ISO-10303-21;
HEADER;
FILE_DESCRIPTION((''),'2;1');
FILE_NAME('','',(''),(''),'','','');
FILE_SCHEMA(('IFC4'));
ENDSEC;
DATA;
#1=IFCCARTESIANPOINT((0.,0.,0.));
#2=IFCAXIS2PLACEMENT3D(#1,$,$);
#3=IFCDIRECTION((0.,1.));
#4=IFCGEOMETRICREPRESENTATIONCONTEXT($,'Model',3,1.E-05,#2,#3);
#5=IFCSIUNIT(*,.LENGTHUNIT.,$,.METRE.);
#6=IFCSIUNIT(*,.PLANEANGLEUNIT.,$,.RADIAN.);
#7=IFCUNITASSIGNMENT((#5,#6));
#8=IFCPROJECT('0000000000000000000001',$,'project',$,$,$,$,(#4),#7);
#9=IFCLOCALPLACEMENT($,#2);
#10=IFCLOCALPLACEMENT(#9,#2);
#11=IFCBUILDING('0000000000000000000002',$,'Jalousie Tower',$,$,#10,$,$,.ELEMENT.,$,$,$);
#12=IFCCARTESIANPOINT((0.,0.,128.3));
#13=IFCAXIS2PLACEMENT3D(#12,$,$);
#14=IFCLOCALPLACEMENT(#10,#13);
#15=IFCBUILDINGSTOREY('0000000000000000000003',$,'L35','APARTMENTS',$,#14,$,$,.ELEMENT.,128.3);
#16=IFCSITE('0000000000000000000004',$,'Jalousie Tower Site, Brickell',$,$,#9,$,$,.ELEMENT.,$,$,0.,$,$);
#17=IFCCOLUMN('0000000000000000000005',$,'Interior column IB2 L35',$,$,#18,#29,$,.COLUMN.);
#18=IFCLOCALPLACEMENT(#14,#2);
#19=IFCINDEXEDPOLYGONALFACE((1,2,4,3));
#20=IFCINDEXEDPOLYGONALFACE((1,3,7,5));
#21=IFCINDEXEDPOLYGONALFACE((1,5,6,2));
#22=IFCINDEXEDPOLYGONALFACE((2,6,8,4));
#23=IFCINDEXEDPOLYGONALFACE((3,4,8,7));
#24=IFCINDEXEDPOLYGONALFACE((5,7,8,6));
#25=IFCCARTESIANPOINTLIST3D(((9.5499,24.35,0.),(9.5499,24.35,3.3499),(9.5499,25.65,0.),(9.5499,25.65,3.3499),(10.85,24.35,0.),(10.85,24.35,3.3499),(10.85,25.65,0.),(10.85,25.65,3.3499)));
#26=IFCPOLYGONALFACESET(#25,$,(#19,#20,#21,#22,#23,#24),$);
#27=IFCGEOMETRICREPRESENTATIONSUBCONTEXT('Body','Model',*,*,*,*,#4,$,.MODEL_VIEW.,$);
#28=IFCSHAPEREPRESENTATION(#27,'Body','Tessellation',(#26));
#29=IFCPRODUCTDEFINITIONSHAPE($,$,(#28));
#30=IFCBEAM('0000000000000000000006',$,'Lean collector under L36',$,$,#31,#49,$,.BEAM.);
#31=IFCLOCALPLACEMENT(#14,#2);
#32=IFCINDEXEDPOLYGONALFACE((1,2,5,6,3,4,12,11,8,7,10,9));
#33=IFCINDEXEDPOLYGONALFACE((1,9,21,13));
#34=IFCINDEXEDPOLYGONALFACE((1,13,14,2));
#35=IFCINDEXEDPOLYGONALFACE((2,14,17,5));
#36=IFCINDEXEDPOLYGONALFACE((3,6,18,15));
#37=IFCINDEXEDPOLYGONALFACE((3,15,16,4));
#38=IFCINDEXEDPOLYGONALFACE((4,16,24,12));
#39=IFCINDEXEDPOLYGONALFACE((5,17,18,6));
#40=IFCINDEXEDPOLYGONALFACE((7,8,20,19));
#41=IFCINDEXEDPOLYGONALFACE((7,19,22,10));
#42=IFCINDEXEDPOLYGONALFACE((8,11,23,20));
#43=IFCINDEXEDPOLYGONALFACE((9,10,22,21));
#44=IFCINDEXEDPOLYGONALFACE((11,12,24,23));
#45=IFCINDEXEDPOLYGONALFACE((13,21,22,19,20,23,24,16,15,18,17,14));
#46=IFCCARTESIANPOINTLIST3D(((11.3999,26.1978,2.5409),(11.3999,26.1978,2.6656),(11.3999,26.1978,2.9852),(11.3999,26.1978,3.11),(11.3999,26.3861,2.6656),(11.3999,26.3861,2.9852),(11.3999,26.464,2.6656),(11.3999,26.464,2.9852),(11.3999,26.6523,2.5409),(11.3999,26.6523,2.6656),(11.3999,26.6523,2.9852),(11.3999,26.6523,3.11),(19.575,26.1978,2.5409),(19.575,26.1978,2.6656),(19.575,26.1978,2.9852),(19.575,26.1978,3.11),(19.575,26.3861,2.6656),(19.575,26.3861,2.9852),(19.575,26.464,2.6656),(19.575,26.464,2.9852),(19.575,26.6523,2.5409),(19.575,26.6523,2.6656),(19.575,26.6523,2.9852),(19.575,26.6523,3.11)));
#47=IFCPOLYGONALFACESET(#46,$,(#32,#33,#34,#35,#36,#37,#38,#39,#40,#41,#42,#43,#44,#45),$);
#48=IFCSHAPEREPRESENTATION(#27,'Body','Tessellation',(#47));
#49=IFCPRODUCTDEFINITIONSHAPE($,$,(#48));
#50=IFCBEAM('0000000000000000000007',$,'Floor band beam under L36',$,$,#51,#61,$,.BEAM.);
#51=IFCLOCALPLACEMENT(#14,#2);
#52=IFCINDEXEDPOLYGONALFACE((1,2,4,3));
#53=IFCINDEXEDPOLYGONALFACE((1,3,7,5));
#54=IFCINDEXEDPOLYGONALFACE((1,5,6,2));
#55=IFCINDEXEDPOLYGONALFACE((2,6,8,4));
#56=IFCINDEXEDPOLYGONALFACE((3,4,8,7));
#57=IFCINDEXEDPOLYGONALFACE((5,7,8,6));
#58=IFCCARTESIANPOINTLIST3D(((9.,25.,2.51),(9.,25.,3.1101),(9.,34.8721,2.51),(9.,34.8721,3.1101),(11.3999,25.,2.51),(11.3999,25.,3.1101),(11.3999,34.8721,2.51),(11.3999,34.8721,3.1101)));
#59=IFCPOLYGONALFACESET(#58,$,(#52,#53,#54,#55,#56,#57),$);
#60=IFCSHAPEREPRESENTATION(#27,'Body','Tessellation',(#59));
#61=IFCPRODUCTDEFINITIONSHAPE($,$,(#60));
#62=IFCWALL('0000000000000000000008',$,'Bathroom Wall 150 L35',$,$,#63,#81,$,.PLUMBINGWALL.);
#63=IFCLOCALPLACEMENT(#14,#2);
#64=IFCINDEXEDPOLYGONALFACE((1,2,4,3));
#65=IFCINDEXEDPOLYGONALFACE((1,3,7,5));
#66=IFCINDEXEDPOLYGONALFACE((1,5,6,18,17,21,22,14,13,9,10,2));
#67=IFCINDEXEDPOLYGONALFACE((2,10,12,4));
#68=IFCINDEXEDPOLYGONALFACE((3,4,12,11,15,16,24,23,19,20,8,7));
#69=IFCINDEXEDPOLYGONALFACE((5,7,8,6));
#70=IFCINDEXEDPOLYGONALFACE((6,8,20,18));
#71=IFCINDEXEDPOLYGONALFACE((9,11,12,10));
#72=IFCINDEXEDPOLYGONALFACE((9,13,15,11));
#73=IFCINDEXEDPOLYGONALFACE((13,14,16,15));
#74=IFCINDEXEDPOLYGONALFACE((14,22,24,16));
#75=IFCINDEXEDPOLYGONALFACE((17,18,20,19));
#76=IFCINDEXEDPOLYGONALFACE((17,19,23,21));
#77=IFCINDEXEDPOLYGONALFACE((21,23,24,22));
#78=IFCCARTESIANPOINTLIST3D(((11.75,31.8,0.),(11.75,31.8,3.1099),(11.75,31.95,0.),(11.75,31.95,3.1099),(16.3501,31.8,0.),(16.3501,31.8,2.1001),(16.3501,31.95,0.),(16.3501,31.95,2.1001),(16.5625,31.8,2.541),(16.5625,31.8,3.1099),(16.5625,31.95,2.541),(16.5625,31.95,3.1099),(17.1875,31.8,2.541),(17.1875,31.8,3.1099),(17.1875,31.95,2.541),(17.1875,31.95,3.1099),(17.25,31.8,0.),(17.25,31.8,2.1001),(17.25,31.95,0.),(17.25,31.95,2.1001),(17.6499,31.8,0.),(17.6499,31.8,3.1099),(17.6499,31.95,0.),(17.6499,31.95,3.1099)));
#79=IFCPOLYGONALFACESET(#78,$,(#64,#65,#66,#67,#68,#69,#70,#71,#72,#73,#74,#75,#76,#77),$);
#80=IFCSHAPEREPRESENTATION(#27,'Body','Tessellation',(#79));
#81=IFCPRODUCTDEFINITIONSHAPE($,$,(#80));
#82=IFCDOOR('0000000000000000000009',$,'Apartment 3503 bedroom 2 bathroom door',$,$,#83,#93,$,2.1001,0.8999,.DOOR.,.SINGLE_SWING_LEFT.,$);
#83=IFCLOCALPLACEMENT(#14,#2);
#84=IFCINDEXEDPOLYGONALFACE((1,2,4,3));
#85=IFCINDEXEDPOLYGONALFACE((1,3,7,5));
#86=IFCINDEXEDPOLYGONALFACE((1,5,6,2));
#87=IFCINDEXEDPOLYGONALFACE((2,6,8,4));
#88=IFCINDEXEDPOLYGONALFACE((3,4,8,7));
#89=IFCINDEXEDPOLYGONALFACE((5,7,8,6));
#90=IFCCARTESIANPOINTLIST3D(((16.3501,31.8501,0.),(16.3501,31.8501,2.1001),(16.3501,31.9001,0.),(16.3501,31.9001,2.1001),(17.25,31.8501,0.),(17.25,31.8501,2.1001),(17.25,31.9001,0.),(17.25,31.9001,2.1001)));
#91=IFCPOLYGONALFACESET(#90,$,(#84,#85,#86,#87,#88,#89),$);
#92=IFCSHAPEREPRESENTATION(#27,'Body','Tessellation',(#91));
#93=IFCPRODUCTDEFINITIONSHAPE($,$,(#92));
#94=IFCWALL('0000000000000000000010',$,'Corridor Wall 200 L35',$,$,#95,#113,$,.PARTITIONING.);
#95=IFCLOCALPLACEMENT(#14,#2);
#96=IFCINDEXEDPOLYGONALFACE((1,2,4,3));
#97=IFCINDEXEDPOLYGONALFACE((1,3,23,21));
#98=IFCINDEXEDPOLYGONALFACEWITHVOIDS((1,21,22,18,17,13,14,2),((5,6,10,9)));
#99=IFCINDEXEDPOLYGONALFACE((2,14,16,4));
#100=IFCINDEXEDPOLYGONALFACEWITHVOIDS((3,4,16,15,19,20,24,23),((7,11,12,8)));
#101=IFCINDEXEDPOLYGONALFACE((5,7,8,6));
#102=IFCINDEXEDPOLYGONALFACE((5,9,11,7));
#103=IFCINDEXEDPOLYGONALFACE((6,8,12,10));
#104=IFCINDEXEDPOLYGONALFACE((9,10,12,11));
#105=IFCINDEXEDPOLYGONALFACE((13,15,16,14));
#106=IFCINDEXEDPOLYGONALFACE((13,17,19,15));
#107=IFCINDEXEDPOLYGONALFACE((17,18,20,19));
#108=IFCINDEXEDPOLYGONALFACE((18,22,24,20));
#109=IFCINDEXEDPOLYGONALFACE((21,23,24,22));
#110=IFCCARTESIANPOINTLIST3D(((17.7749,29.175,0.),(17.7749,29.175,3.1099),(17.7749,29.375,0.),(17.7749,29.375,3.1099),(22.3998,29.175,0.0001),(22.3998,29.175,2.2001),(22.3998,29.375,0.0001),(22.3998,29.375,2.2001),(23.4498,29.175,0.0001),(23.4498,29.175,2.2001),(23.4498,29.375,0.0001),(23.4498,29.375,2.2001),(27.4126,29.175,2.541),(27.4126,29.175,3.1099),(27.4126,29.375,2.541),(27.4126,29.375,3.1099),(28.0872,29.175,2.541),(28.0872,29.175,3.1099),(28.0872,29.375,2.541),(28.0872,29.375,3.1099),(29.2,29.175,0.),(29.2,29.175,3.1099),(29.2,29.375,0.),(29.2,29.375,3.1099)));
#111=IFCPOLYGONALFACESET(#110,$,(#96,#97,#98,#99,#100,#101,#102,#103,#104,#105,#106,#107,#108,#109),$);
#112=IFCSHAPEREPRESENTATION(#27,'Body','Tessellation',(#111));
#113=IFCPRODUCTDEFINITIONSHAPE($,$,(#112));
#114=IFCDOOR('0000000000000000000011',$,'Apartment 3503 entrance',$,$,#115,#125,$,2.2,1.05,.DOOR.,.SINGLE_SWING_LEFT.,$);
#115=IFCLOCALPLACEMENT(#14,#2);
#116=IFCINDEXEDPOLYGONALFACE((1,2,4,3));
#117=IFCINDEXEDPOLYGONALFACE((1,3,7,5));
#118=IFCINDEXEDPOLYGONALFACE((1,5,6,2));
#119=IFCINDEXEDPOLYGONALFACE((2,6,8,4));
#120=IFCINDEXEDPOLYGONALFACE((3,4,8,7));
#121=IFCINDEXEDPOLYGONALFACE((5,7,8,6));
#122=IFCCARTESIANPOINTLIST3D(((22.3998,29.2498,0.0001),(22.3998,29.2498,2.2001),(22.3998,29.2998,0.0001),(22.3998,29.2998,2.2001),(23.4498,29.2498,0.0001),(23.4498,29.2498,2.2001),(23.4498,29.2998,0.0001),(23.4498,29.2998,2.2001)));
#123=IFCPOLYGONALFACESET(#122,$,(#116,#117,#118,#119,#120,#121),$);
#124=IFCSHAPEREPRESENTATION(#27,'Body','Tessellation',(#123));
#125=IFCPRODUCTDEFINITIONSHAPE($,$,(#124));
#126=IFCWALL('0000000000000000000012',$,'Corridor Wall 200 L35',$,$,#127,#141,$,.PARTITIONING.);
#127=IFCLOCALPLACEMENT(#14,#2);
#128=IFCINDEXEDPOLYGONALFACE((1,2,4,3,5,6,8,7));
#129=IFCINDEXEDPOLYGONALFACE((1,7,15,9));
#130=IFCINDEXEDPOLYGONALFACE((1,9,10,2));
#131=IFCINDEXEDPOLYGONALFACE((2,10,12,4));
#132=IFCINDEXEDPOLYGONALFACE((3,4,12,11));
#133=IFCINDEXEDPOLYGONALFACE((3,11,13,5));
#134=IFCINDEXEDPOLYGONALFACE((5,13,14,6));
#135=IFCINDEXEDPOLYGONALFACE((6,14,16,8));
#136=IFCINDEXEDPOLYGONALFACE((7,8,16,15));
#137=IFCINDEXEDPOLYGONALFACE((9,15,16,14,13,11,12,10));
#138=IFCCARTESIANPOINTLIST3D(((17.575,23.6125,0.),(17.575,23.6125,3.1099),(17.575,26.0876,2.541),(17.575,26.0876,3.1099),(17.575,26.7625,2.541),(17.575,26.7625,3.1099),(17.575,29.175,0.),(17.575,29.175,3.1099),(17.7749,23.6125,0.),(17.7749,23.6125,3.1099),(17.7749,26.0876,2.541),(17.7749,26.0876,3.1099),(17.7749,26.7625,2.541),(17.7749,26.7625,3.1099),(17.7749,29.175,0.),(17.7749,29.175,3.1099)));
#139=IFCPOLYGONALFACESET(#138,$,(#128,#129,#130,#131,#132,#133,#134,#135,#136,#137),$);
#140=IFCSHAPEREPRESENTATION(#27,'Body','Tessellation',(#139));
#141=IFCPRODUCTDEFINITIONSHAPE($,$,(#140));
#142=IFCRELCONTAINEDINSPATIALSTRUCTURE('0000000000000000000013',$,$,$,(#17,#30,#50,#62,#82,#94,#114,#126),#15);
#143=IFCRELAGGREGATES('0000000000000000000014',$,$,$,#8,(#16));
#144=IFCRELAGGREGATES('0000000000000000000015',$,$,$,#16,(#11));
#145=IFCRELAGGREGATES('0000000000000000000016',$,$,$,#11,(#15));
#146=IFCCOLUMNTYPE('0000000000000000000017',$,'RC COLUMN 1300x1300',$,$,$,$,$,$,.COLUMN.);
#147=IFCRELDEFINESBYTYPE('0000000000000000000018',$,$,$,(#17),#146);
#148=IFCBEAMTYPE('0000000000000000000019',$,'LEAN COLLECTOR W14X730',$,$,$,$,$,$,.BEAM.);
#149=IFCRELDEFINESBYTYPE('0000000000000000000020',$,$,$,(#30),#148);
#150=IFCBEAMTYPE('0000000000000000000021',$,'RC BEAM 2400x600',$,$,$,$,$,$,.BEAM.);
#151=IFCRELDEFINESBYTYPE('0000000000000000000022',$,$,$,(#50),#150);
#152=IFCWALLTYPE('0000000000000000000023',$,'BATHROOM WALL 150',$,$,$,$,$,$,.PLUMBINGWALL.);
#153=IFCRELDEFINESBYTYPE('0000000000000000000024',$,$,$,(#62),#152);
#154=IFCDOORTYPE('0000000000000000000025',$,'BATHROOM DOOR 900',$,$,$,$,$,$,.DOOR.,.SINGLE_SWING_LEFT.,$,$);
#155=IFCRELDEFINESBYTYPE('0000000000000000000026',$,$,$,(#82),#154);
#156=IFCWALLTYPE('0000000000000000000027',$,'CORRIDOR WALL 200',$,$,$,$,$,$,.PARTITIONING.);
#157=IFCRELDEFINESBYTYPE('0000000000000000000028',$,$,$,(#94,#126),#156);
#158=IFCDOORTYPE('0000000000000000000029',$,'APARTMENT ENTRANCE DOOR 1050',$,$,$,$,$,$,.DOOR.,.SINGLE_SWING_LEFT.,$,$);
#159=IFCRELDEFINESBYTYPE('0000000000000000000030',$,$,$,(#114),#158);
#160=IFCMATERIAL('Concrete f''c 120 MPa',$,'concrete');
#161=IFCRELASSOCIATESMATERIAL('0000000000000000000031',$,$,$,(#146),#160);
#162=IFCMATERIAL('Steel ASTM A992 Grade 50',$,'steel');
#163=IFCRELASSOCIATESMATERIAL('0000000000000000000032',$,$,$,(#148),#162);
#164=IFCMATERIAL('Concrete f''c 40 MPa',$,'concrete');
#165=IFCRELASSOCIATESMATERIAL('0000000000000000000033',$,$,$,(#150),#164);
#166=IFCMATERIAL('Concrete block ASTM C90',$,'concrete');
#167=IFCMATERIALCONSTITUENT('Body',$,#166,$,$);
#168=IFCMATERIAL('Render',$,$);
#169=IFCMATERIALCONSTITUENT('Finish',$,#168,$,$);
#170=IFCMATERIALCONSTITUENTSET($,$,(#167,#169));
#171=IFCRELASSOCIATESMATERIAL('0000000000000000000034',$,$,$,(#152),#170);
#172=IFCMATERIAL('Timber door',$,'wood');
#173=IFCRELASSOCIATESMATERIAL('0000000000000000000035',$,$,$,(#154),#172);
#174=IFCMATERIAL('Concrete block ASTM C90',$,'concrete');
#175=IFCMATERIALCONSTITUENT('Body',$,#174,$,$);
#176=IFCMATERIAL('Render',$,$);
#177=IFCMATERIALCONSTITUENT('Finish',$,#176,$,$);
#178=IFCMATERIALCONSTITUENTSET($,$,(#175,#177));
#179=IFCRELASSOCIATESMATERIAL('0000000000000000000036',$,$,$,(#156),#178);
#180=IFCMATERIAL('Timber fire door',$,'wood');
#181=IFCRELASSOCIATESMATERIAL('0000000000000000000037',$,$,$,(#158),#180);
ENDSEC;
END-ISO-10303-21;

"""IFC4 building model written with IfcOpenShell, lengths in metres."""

from ifc_helpers import new_model, si_unit, direction, frame, frame_2d, origin, origin_2d, place, context, subcontext, project, spatial, polyline, rectangle, i_section, outline, extrude, material, constituent, constituent_set, material_profile, profile_set, type_object, element, fill, save


model = new_model("IFC4")

# Units and contexts
model_context = context("Model", 3, precision=1e-05, world=origin(), true_north=direction((0.0, 1.0)))
body_context = subcontext(model_context, "Body", "Model", "MODEL_VIEW")
ifc_project = project(units=[si_unit("LENGTHUNIT", "METRE"), si_unit("PLANEANGLEUNIT", "RADIAN")], contexts=[model_context])

# Site, building, storey
site_placement = place(None, origin())
site = spatial("IfcSite", under=ifc_project, at=site_placement, Name="Jalousie Tower Site, Brickell", CompositionType="ELEMENT", RefElevation=0.0)
building_placement = place(site_placement, origin())
building = spatial("IfcBuilding", under=site, at=building_placement, Name="Jalousie Tower", CompositionType="ELEMENT")
storey_placement = place(building_placement, frame((0.0, 0.0, 128.3)))
storey = spatial("IfcBuildingStorey", under=building, at=storey_placement, Name="L35", Description="APARTMENTS", CompositionType="ELEMENT", Elevation=128.3)

# Column
ifc_material_1 = material(Name="Concrete f'c 120 MPa", Category="concrete")
ifc_material_profile_1 = material_profile(ifc_material_1, rectangle(XDim=1.3, YDim=1.3, at=origin_2d()), Name="RC 1300x1300")
ifc_profile_set_1 = profile_set([ifc_material_profile_1], Name="Concrete f'c 120 MPa")
column_type = type_object("IfcColumnType", Name="RC COLUMN 1300x1300", PredefinedType="COLUMN", material=ifc_profile_set_1)
column_placement = place(storey_placement, frame((10.2, 25.0, 0.0), z_axis=(0.0, 0.0, 1.0), x_axis=(1.0, 0.0, 0.0)))
element("IfcColumn", 1, at=column_placement, inside=storey, type_object=column_type, Name="Interior column IB2 L35", PredefinedType="COLUMN", context=body_context, shape_type="SweptSolid", body=[
    extrude(rectangle(XDim=1.3, YDim=1.3, at=origin_2d()), origin(), (0.0, 0.0, 1.0), 3.3499),
])

# Beams
ifc_material_2 = material(Name="Steel ASTM A992 Grade 50", Category="steel")
ifc_material_profile_2 = material_profile(ifc_material_2, i_section(OverallWidth=0.4546, OverallDepth=0.5691, WebThickness=0.0779, FlangeThickness=0.1248, at=origin_2d()), Name="W14X730")
ifc_profile_set_2 = profile_set([ifc_material_profile_2], Name="Steel ASTM A992 Grade 50")
beam_type_1 = type_object("IfcBeamType", Name="LEAN COLLECTOR W14X730", PredefinedType="BEAM", material=ifc_profile_set_2)
beam_1_placement = place(storey_placement, frame((11.3999, 26.425, 2.8254), z_axis=(1.0, 0.0, 0.0), x_axis=(0.0, 1.0, 0.0)))
element("IfcBeam", 2, at=beam_1_placement, inside=storey, type_object=beam_type_1, Name="Lean collector under L36", PredefinedType="BEAM", context=body_context, shape_type="SweptSolid", body=[
    extrude(i_section(OverallWidth=0.4546, OverallDepth=0.5691, WebThickness=0.0779, FlangeThickness=0.1248, at=origin_2d()), origin(), (0.0, 0.0, 1.0), 8.175),
])
ifc_material_3 = material(Name="Concrete f'c 40 MPa", Category="concrete")
ifc_material_profile_3 = material_profile(ifc_material_3, rectangle(XDim=2.3999, YDim=0.6001, at=origin_2d()), Name="RC 2400x600")
ifc_profile_set_3 = profile_set([ifc_material_profile_3], Name="Concrete f'c 40 MPa")
beam_type_2 = type_object("IfcBeamType", Name="RC BEAM 2400x600", PredefinedType="BEAM", material=ifc_profile_set_3)
beam_2_placement = place(storey_placement, frame((10.2, 25.0, 2.8101), z_axis=(0.0, 1.0, 0.0), x_axis=(-1.0, 0.0, 0.0)))
element("IfcBeam", 3, at=beam_2_placement, inside=storey, type_object=beam_type_2, Name="Floor band beam under L36", PredefinedType="BEAM", context=body_context, shape_type="SweptSolid", body=[
    extrude(rectangle(XDim=2.3999, YDim=0.6001, at=origin_2d()), origin(), (0.0, 0.0, 1.0), 9.8721),
])

# Walls, openings, doors
ifc_material_4 = material(Name="Concrete block ASTM C90", Category="concrete")
ifc_constituent_1 = constituent(ifc_material_4, Name="Body")
ifc_material_5 = material(Name="Render")
ifc_constituent_2 = constituent(ifc_material_5, Name="Finish")
ifc_constituent_set_1 = constituent_set(constituents=[ifc_constituent_1, ifc_constituent_2])
wall_type_1 = type_object("IfcWallType", Name="BATHROOM WALL 150", PredefinedType="PLUMBINGWALL", material=ifc_constituent_set_1)
wall_1_placement = place(storey_placement, frame((11.75, 31.875, 0.0), z_axis=(0.0, 0.0, 1.0), x_axis=(1.0, 0.0, 0.0)))
wall_1 = element("IfcWall", 4, at=wall_1_placement, inside=storey, type_object=wall_type_1, Name="Bathroom Wall 150 L35", PredefinedType="PLUMBINGWALL", context=body_context, shape_type="SweptSolid", body=[
    extrude(outline(polyline([(0.0, 0.0), (5.8999, 0.0), (5.8999, 3.1099), (5.4375, 3.1099), (5.4375, 2.541), (4.8125, 2.541), (4.8125, 3.1099), (0.0, 3.1099), (0.0, 0.0)])), frame((0.0, 0.075, 0.0), z_axis=(0.0, -1.0, 0.0), x_axis=(1.0, 0.0, 0.0)), (0.0, 0.0, 1.0), 0.1499),
])
opening_1_placement = place(wall_1_placement, frame((4.6001, 0.0, 0.0)))
opening_1 = element("IfcOpeningElement", 5, at=opening_1_placement, cuts=wall_1, PredefinedType="OPENING", context=body_context, shape_type="SweptSolid", body=[
    extrude(rectangle(XDim=0.8999, YDim=2.1001, at=frame_2d((0.45, 1.05))), frame((0.0, 0.085, 0.0), z_axis=(0.0, -1.0, 0.0), x_axis=(1.0, 0.0, 0.0)), (0.0, 0.0, 1.0), 0.1699),
])
ifc_material_6 = material(Name="Timber door", Category="wood")
door_type_1 = type_object("IfcDoorType", Name="BATHROOM DOOR 900", OperationType="SINGLE_SWING_LEFT", PredefinedType="DOOR", material=ifc_material_6)
door_1_placement = place(opening_1_placement, frame((0.8999, 0.0, 0.0), z_axis=(0.0, 0.0, 1.0), x_axis=(-1.0, 0.0, 0.0)))
door_1 = element("IfcDoor", 6, at=door_1_placement, inside=storey, type_object=door_type_1, Name="Apartment 3503 bedroom 2 bathroom door", OperationType="SINGLE_SWING_LEFT", OverallHeight=2.1001, OverallWidth=0.8999, PredefinedType="DOOR", context=body_context, shape_type="SweptSolid", body=[
    extrude(rectangle(XDim=0.8999, YDim=2.1001, at=frame_2d((0.45, 1.05))), frame((0.0, 0.0249, 0.0), z_axis=(0.0, -1.0, 0.0), x_axis=(1.0, 0.0, 0.0)), (0.0, 0.0, 1.0), 0.05),
])
fill(opening_1, door_1)
ifc_material_7 = material(Name="Concrete block ASTM C90", Category="concrete")
ifc_constituent_3 = constituent(ifc_material_7, Name="Body")
ifc_material_8 = material(Name="Render")
ifc_constituent_4 = constituent(ifc_material_8, Name="Finish")
ifc_constituent_set_2 = constituent_set(constituents=[ifc_constituent_3, ifc_constituent_4])
wall_type_2 = type_object("IfcWallType", Name="CORRIDOR WALL 200", PredefinedType="PARTITIONING", material=ifc_constituent_set_2)
wall_2_placement = place(storey_placement, frame((17.7749, 29.2749, 0.0), z_axis=(0.0, 0.0, 1.0), x_axis=(1.0, 0.0, 0.0)))
wall_2 = element("IfcWall", 7, at=wall_2_placement, inside=storey, type_object=wall_type_2, Name="Corridor Wall 200 L35", PredefinedType="PARTITIONING", context=body_context, shape_type="SweptSolid", body=[
    extrude(outline(polyline([(0.0, 0.0), (11.425, 0.0), (11.425, 3.1099), (10.3123, 3.1099), (10.3123, 2.541), (9.6377, 2.541), (9.6377, 3.1099), (0.0, 3.1099), (0.0, 0.0)])), frame((0.0, 0.1001, 0.0), z_axis=(0.0, -1.0, 0.0), x_axis=(1.0, 0.0, 0.0)), (0.0, 0.0, 1.0), 0.2),
])
opening_2_placement = place(wall_2_placement, frame((4.625, 0.0, 0.0)))
opening_2 = element("IfcOpeningElement", 8, at=opening_2_placement, cuts=wall_2, PredefinedType="OPENING", context=body_context, shape_type="SweptSolid", body=[
    extrude(rectangle(XDim=1.05, YDim=2.2, at=frame_2d((0.5249, 1.1001))), frame((0.0, 0.1099, 0.0), z_axis=(0.0, -1.0, 0.0), x_axis=(1.0, 0.0, 0.0)), (0.0, 0.0, 1.0), 0.22),
])
ifc_material_9 = material(Name="Timber fire door", Category="wood")
door_type_2 = type_object("IfcDoorType", Name="APARTMENT ENTRANCE DOOR 1050", OperationType="SINGLE_SWING_LEFT", PredefinedType="DOOR", material=ifc_material_9)
door_2_placement = place(opening_2_placement, origin())
door_2 = element("IfcDoor", 9, at=door_2_placement, inside=storey, type_object=door_type_2, Name="Apartment 3503 entrance", OperationType="SINGLE_SWING_LEFT", OverallHeight=2.2, OverallWidth=1.05, PredefinedType="DOOR", context=body_context, shape_type="SweptSolid", body=[
    extrude(rectangle(XDim=1.05, YDim=2.2, at=frame_2d((0.5249, 1.1001))), frame((0.0, 0.0249, 0.0), z_axis=(0.0, -1.0, 0.0), x_axis=(1.0, 0.0, 0.0)), (0.0, 0.0, 1.0), 0.05),
])
fill(opening_2, door_2)

# Wall
wall_3_placement = place(storey_placement, frame((17.675, 23.6125, 0.0), z_axis=(0.0, 0.0, 1.0), x_axis=(0.0, 1.0, 0.0)))
element("IfcWall", 10, at=wall_3_placement, inside=storey, type_object=wall_type_2, Name="Corridor Wall 200 L35", PredefinedType="PARTITIONING", context=body_context, shape_type="SweptSolid", body=[
    extrude(outline(polyline([(0.0, 0.0), (5.5625, 0.0), (5.5625, 3.1099), (3.1499, 3.1099), (3.1499, 2.541), (2.4751, 2.541), (2.4751, 3.1099), (0.0, 3.1099), (0.0, 0.0)])), frame((0.0, 0.1001, 0.0), z_axis=(0.0, -1.0, 0.0), x_axis=(1.0, 0.0, 0.0)), (0.0, 0.0, 1.0), 0.2),
])

save(model, "model.ifc")
